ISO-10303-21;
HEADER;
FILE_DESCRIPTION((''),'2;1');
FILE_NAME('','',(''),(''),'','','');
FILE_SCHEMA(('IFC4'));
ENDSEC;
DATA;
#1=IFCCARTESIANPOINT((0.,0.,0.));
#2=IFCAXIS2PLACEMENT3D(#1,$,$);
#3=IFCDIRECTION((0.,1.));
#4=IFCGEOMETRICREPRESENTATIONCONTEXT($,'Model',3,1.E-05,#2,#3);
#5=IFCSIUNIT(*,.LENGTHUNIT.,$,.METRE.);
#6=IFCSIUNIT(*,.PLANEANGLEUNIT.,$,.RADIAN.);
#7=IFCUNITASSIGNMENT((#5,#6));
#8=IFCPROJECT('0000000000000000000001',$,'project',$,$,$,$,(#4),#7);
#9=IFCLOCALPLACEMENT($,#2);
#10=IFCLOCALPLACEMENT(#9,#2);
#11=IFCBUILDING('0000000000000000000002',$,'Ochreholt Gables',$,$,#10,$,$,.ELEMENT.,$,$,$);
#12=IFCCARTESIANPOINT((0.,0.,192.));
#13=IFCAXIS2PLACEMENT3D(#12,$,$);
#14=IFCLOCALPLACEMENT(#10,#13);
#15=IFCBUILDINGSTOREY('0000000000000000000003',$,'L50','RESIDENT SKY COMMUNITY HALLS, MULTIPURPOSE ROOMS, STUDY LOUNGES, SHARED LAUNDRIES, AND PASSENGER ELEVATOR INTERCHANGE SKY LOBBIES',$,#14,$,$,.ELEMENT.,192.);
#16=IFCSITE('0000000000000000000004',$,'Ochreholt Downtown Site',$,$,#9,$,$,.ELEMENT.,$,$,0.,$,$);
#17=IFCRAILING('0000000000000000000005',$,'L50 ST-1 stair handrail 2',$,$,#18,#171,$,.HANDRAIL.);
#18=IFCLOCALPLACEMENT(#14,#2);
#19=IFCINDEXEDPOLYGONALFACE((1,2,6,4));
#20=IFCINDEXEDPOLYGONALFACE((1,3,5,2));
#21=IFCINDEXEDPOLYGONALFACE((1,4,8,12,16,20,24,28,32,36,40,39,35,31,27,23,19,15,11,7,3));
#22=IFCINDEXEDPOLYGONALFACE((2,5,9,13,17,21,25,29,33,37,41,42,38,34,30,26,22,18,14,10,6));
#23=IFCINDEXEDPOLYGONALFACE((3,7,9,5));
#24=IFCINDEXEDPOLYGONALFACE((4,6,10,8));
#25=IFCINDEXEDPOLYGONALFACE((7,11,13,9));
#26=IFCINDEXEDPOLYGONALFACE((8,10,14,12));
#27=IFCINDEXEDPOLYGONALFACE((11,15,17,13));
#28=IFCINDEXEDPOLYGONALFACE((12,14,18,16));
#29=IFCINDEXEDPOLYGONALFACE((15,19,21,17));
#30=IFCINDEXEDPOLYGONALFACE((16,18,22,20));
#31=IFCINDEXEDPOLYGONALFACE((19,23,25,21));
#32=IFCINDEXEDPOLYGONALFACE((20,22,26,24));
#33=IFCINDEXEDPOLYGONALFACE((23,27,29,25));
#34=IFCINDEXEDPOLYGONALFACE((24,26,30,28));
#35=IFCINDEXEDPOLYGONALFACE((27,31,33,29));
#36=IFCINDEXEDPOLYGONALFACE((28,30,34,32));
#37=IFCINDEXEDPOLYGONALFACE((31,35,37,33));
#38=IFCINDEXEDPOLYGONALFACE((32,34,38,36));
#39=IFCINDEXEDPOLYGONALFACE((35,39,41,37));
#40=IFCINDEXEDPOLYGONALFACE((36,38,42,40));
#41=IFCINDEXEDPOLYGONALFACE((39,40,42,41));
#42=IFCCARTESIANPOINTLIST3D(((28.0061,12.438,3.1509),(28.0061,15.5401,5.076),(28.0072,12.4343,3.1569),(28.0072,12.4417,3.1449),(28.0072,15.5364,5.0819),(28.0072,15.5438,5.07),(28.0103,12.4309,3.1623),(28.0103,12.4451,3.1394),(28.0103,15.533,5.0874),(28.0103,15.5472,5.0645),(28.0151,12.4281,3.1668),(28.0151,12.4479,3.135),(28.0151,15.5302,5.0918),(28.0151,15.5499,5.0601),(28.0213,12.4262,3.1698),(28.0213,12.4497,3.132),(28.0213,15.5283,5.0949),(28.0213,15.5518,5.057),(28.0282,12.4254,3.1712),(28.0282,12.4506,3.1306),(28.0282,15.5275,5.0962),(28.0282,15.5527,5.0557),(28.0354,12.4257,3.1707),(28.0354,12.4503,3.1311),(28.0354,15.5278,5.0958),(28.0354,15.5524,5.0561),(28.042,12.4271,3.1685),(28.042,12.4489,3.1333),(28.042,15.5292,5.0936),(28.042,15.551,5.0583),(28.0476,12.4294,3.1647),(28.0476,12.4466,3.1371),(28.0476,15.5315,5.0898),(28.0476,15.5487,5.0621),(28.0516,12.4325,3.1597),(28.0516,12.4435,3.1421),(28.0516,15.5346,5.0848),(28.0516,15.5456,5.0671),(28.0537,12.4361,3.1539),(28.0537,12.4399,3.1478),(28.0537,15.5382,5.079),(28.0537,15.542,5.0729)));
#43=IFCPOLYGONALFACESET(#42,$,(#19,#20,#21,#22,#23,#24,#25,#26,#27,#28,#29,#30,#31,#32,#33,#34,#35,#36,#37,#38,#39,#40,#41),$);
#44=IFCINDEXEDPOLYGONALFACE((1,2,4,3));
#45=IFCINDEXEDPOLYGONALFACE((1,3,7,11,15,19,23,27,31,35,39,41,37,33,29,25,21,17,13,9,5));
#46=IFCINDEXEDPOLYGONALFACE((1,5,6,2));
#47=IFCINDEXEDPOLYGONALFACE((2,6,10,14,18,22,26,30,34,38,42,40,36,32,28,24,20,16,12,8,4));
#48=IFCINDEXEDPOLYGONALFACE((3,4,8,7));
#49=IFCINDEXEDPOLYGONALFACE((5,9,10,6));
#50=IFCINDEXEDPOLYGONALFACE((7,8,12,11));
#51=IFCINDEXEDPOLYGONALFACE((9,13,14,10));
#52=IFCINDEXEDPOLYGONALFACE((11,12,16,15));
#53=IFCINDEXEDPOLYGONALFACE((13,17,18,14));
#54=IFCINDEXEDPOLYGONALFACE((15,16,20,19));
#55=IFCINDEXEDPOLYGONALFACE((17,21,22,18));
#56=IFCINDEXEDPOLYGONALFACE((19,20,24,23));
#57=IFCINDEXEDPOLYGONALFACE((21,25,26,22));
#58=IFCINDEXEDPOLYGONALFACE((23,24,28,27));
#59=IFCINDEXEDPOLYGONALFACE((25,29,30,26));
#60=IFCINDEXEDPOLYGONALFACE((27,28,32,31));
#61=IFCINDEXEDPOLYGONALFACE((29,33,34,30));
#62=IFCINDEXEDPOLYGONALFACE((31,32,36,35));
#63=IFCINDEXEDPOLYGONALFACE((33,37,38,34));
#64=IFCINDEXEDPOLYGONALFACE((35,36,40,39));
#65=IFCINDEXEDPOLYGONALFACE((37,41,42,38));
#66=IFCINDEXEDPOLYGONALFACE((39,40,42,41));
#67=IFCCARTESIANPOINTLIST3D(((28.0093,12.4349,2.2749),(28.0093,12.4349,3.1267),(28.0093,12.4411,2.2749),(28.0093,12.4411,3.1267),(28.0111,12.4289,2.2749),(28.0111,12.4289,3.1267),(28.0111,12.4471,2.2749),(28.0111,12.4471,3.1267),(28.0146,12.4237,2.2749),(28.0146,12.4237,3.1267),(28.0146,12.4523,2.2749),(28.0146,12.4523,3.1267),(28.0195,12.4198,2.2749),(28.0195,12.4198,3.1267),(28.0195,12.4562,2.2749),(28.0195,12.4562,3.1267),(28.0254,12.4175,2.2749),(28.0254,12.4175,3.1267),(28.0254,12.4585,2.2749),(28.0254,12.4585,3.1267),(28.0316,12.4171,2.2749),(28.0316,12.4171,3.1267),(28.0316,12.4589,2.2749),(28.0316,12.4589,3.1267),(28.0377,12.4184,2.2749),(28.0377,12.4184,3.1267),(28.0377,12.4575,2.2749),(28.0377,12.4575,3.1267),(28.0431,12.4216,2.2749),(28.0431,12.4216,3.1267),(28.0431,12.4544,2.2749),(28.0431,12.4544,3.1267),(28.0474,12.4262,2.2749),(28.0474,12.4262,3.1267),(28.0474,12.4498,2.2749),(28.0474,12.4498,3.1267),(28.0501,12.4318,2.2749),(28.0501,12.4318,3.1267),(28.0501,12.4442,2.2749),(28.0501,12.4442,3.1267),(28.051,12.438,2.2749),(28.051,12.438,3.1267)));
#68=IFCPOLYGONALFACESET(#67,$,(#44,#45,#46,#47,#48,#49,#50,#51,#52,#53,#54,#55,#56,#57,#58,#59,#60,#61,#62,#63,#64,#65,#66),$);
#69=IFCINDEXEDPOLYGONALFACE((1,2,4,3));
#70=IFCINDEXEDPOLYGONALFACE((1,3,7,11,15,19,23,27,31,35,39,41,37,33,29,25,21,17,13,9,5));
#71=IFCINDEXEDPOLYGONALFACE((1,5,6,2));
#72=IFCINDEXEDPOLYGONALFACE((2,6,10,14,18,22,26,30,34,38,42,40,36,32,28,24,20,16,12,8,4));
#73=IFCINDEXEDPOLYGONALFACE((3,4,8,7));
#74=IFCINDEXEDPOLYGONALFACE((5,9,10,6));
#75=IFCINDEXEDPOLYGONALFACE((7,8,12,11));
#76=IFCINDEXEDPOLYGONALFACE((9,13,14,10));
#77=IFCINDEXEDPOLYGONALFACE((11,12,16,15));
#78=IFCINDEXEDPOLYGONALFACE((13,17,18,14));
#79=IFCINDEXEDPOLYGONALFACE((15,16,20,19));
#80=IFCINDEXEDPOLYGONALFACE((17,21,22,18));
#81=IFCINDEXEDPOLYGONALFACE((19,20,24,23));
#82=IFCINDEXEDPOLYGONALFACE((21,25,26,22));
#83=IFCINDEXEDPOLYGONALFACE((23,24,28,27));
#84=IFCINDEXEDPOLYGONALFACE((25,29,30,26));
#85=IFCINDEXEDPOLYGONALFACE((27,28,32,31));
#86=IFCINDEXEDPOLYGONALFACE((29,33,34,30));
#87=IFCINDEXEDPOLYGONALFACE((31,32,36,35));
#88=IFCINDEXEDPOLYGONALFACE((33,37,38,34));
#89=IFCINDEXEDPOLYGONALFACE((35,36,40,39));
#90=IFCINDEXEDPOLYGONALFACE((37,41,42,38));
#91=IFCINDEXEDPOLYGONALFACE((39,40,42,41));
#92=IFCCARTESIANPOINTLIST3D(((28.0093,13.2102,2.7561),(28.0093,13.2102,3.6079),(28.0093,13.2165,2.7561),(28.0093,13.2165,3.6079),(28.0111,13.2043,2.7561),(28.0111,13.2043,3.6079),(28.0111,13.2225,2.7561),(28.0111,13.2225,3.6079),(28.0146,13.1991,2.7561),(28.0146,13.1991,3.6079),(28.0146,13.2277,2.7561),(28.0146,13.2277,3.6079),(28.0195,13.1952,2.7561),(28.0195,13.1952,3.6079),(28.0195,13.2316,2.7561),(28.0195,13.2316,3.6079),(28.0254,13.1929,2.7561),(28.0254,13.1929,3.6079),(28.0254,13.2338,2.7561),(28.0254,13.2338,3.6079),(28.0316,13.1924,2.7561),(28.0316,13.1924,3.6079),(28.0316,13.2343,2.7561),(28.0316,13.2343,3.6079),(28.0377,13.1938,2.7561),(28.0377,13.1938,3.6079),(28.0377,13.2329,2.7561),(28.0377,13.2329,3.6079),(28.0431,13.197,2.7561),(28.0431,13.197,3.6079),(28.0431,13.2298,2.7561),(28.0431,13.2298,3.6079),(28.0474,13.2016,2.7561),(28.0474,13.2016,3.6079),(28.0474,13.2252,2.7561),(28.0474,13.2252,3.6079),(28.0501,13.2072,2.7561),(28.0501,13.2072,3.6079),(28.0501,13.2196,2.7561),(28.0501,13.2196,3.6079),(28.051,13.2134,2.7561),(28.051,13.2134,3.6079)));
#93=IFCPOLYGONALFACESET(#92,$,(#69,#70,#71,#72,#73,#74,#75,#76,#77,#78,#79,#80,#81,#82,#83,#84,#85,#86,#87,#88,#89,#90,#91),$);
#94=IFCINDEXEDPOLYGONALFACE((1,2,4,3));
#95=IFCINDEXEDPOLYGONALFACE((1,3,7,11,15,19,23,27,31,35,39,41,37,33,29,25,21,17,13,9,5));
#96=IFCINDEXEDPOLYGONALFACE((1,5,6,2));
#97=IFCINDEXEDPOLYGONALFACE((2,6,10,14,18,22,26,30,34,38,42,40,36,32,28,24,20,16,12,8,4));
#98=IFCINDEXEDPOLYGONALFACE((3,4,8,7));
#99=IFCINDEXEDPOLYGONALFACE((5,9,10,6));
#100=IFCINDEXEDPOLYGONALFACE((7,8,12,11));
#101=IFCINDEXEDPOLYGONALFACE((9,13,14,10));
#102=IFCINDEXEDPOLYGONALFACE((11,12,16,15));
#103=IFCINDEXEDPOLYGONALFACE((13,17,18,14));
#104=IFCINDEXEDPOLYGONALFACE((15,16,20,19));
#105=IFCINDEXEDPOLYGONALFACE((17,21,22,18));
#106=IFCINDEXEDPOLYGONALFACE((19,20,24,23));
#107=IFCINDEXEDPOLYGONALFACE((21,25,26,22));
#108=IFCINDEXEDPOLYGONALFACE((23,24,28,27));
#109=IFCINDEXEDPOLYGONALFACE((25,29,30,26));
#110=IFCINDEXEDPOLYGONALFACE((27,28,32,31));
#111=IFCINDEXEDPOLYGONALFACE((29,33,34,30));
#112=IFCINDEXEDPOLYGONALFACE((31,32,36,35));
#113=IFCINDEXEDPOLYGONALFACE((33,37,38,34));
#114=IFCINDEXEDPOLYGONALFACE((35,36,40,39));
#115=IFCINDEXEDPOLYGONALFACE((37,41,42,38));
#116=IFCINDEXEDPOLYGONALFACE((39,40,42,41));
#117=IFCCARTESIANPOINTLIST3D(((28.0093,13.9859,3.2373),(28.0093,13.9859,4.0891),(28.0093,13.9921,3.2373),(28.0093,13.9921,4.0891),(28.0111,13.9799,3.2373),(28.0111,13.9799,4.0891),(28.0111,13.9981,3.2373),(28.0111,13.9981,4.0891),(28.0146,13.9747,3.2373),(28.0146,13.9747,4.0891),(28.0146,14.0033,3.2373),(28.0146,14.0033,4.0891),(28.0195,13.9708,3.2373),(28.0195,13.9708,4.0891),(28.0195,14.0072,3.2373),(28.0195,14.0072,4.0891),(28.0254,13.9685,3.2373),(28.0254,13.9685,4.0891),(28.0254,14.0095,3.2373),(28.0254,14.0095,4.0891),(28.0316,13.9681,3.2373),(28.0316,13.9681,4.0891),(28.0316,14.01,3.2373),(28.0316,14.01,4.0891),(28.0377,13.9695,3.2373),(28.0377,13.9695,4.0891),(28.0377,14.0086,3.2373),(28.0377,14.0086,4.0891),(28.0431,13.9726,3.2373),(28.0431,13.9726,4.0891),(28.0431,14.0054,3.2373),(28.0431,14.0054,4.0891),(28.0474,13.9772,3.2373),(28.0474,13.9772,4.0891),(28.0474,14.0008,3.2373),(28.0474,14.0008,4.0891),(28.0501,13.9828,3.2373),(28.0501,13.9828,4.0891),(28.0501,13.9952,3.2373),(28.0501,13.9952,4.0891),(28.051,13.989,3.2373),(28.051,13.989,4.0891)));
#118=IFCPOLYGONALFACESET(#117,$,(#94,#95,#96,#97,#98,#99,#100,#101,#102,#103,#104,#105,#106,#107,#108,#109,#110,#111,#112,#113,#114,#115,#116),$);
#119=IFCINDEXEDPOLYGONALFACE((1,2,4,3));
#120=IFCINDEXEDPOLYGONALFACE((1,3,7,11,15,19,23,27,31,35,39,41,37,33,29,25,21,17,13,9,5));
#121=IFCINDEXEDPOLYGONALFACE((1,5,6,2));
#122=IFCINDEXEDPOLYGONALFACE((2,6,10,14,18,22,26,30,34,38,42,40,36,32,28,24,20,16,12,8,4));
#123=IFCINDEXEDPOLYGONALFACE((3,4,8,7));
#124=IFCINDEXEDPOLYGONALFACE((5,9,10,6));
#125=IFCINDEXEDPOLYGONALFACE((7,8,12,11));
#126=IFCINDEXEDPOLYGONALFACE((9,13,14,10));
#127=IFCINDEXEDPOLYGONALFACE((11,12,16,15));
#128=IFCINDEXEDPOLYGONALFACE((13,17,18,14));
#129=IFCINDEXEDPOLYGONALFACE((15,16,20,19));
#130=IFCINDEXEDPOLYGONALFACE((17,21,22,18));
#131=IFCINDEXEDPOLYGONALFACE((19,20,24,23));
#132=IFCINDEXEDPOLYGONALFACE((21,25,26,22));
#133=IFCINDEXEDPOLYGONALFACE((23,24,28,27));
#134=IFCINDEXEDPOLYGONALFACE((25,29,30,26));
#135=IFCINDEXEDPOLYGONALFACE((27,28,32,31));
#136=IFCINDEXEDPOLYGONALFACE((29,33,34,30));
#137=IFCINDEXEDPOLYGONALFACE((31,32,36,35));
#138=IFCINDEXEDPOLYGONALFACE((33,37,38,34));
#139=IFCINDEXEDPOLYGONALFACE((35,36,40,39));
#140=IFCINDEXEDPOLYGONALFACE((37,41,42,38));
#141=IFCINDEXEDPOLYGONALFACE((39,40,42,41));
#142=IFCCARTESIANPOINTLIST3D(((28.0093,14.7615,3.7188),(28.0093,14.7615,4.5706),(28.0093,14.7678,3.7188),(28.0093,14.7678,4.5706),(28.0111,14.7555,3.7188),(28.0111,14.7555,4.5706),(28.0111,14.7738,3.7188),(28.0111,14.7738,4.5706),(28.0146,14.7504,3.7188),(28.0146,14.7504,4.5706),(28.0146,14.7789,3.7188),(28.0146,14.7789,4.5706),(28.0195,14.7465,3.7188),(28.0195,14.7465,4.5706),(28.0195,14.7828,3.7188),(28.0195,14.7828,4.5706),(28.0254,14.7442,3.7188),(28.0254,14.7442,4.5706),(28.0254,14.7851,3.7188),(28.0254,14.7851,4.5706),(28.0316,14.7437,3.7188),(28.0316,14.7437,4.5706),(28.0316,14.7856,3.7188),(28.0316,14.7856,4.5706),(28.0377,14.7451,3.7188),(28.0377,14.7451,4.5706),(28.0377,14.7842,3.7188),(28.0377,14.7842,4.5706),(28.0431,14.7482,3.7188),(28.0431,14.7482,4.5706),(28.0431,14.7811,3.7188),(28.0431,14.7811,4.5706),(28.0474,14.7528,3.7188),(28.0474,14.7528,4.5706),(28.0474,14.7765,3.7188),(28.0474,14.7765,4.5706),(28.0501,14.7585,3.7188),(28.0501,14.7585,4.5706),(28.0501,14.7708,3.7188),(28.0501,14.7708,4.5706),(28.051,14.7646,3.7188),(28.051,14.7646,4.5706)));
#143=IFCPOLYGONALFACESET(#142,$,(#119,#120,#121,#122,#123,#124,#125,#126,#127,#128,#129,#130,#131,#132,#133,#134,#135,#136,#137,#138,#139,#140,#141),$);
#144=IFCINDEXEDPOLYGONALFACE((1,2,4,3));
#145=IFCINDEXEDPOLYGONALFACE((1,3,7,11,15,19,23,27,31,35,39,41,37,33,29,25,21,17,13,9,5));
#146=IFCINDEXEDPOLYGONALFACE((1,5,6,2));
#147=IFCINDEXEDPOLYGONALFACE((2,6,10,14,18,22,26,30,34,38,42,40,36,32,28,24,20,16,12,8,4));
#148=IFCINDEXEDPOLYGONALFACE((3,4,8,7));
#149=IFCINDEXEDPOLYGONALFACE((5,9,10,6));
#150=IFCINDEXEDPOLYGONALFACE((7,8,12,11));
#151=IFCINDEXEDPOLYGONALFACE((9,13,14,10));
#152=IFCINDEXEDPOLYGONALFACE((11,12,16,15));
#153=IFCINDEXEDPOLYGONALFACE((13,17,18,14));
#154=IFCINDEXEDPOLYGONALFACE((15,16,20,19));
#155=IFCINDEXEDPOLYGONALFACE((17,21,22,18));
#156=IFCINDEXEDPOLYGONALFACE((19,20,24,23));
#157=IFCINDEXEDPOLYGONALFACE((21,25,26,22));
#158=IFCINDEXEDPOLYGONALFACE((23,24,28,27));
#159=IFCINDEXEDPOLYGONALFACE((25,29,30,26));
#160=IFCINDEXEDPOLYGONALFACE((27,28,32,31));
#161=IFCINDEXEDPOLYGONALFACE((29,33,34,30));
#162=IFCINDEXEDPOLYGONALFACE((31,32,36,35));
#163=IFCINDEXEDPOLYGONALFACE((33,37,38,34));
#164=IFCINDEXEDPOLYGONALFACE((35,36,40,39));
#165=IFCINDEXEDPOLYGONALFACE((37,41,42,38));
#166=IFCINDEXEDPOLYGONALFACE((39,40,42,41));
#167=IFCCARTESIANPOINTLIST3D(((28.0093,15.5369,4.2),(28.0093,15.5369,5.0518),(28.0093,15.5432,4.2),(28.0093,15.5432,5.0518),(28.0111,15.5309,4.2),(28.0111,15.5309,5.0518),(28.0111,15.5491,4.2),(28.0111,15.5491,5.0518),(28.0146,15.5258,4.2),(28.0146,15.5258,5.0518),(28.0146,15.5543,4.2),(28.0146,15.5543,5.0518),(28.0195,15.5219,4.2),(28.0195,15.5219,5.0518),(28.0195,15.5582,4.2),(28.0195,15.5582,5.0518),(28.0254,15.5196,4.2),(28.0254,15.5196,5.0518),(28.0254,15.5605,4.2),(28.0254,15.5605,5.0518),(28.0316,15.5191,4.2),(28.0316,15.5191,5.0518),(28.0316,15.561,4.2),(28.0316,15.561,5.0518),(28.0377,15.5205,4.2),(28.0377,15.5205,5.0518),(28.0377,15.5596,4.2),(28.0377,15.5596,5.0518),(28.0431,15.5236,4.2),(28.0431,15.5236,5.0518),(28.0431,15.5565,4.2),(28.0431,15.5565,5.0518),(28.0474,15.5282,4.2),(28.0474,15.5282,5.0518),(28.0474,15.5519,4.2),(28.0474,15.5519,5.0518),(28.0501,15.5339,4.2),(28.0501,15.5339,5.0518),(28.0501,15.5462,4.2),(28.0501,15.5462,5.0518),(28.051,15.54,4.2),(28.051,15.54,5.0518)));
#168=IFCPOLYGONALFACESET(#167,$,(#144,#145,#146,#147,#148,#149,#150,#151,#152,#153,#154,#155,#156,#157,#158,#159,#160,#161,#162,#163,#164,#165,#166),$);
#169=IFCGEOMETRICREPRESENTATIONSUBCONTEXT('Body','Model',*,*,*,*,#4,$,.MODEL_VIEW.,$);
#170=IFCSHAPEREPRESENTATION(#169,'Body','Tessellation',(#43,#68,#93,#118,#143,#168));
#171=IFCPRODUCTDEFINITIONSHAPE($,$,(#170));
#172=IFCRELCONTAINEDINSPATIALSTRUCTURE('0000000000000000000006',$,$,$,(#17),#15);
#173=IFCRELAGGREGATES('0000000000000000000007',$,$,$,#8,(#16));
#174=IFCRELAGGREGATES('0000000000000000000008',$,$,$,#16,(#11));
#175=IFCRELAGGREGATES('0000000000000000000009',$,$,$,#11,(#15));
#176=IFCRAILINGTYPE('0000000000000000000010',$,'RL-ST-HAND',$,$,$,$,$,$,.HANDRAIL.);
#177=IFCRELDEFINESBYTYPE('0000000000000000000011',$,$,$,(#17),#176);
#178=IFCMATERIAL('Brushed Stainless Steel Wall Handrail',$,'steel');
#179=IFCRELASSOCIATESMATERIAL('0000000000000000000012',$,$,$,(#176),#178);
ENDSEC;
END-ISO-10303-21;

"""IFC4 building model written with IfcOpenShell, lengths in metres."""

from ifc_helpers import new_model, si_unit, direction, frame, origin, origin_2d, place, context, subcontext, project, spatial, circle, extrude, material, type_object, element, save


model = new_model("IFC4")

# Units and contexts
model_context = context("Model", 3, precision=1e-05, world=origin(), true_north=direction((0.0, 1.0)))
body_context = subcontext(model_context, "Body", "Model", "MODEL_VIEW")
ifc_project = project(units=[si_unit("LENGTHUNIT", "METRE"), si_unit("PLANEANGLEUNIT", "RADIAN")], contexts=[model_context])

# Site, building, storey
site_placement = place(None, origin())
site = spatial("IfcSite", under=ifc_project, at=site_placement, Name="Ochreholt Downtown Site", CompositionType="ELEMENT", RefElevation=0.0)
building_placement = place(site_placement, origin())
building = spatial("IfcBuilding", under=site, at=building_placement, Name="Ochreholt Gables", CompositionType="ELEMENT")
storey_placement = place(building_placement, frame((0.0, 0.0, 192.0)))
storey = spatial("IfcBuildingStorey", under=building, at=storey_placement, Name="L50", Description="RESIDENT SKY COMMUNITY HALLS, MULTIPURPOSE ROOMS, STUDY LOUNGES, SHARED LAUNDRIES, AND PASSENGER ELEVATOR INTERCHANGE SKY LOBBIES", CompositionType="ELEMENT", Elevation=192.0)

# Railing
ifc_material_1 = material(Name="Brushed Stainless Steel Wall Handrail", Category="steel")
railing_type_1 = type_object("IfcRailingType", Name="RL-ST-HAND", PredefinedType="HANDRAIL", material=ifc_material_1)
railing_1_placement = place(storey_placement, frame((28.03, 12.438, 2.2749)))
element("IfcRailing", 1, at=railing_1_placement, inside=storey, type_object=railing_type_1, Name="L50 ST-1 stair handrail 2", PredefinedType="HANDRAIL", context=body_context, shape_type="SweptSolid", body=[
    extrude(circle(Radius=0.0239, at=origin_2d()), frame((0.0, 0.0, 0.876), z_axis=(0.0, 0.849685, 0.527291), x_axis=(-1.0, 0.0, 0.0)), (0.0, 0.0, 1.0), 3.6509),
    extrude(circle(Radius=0.021, at=origin_2d()), origin(), (0.0, 0.0, 1.0), 0.8518),
    extrude(circle(Radius=0.021, at=origin_2d()), frame((0.0, 0.7754, 0.4812)), (0.0, 0.0, 1.0), 0.8518),
    extrude(circle(Radius=0.021, at=origin_2d()), frame((0.0, 1.551, 0.9624)), (0.0, 0.0, 1.0), 0.8518),
    extrude(circle(Radius=0.021, at=origin_2d()), frame((0.0, 2.3267, 1.4438)), (0.0, 0.0, 1.0), 0.8518),
    extrude(circle(Radius=0.021, at=origin_2d()), frame((0.0, 3.1021, 1.925)), (0.0, 0.0, 1.0), 0.8518),
])

save(model, "model.ifc")
